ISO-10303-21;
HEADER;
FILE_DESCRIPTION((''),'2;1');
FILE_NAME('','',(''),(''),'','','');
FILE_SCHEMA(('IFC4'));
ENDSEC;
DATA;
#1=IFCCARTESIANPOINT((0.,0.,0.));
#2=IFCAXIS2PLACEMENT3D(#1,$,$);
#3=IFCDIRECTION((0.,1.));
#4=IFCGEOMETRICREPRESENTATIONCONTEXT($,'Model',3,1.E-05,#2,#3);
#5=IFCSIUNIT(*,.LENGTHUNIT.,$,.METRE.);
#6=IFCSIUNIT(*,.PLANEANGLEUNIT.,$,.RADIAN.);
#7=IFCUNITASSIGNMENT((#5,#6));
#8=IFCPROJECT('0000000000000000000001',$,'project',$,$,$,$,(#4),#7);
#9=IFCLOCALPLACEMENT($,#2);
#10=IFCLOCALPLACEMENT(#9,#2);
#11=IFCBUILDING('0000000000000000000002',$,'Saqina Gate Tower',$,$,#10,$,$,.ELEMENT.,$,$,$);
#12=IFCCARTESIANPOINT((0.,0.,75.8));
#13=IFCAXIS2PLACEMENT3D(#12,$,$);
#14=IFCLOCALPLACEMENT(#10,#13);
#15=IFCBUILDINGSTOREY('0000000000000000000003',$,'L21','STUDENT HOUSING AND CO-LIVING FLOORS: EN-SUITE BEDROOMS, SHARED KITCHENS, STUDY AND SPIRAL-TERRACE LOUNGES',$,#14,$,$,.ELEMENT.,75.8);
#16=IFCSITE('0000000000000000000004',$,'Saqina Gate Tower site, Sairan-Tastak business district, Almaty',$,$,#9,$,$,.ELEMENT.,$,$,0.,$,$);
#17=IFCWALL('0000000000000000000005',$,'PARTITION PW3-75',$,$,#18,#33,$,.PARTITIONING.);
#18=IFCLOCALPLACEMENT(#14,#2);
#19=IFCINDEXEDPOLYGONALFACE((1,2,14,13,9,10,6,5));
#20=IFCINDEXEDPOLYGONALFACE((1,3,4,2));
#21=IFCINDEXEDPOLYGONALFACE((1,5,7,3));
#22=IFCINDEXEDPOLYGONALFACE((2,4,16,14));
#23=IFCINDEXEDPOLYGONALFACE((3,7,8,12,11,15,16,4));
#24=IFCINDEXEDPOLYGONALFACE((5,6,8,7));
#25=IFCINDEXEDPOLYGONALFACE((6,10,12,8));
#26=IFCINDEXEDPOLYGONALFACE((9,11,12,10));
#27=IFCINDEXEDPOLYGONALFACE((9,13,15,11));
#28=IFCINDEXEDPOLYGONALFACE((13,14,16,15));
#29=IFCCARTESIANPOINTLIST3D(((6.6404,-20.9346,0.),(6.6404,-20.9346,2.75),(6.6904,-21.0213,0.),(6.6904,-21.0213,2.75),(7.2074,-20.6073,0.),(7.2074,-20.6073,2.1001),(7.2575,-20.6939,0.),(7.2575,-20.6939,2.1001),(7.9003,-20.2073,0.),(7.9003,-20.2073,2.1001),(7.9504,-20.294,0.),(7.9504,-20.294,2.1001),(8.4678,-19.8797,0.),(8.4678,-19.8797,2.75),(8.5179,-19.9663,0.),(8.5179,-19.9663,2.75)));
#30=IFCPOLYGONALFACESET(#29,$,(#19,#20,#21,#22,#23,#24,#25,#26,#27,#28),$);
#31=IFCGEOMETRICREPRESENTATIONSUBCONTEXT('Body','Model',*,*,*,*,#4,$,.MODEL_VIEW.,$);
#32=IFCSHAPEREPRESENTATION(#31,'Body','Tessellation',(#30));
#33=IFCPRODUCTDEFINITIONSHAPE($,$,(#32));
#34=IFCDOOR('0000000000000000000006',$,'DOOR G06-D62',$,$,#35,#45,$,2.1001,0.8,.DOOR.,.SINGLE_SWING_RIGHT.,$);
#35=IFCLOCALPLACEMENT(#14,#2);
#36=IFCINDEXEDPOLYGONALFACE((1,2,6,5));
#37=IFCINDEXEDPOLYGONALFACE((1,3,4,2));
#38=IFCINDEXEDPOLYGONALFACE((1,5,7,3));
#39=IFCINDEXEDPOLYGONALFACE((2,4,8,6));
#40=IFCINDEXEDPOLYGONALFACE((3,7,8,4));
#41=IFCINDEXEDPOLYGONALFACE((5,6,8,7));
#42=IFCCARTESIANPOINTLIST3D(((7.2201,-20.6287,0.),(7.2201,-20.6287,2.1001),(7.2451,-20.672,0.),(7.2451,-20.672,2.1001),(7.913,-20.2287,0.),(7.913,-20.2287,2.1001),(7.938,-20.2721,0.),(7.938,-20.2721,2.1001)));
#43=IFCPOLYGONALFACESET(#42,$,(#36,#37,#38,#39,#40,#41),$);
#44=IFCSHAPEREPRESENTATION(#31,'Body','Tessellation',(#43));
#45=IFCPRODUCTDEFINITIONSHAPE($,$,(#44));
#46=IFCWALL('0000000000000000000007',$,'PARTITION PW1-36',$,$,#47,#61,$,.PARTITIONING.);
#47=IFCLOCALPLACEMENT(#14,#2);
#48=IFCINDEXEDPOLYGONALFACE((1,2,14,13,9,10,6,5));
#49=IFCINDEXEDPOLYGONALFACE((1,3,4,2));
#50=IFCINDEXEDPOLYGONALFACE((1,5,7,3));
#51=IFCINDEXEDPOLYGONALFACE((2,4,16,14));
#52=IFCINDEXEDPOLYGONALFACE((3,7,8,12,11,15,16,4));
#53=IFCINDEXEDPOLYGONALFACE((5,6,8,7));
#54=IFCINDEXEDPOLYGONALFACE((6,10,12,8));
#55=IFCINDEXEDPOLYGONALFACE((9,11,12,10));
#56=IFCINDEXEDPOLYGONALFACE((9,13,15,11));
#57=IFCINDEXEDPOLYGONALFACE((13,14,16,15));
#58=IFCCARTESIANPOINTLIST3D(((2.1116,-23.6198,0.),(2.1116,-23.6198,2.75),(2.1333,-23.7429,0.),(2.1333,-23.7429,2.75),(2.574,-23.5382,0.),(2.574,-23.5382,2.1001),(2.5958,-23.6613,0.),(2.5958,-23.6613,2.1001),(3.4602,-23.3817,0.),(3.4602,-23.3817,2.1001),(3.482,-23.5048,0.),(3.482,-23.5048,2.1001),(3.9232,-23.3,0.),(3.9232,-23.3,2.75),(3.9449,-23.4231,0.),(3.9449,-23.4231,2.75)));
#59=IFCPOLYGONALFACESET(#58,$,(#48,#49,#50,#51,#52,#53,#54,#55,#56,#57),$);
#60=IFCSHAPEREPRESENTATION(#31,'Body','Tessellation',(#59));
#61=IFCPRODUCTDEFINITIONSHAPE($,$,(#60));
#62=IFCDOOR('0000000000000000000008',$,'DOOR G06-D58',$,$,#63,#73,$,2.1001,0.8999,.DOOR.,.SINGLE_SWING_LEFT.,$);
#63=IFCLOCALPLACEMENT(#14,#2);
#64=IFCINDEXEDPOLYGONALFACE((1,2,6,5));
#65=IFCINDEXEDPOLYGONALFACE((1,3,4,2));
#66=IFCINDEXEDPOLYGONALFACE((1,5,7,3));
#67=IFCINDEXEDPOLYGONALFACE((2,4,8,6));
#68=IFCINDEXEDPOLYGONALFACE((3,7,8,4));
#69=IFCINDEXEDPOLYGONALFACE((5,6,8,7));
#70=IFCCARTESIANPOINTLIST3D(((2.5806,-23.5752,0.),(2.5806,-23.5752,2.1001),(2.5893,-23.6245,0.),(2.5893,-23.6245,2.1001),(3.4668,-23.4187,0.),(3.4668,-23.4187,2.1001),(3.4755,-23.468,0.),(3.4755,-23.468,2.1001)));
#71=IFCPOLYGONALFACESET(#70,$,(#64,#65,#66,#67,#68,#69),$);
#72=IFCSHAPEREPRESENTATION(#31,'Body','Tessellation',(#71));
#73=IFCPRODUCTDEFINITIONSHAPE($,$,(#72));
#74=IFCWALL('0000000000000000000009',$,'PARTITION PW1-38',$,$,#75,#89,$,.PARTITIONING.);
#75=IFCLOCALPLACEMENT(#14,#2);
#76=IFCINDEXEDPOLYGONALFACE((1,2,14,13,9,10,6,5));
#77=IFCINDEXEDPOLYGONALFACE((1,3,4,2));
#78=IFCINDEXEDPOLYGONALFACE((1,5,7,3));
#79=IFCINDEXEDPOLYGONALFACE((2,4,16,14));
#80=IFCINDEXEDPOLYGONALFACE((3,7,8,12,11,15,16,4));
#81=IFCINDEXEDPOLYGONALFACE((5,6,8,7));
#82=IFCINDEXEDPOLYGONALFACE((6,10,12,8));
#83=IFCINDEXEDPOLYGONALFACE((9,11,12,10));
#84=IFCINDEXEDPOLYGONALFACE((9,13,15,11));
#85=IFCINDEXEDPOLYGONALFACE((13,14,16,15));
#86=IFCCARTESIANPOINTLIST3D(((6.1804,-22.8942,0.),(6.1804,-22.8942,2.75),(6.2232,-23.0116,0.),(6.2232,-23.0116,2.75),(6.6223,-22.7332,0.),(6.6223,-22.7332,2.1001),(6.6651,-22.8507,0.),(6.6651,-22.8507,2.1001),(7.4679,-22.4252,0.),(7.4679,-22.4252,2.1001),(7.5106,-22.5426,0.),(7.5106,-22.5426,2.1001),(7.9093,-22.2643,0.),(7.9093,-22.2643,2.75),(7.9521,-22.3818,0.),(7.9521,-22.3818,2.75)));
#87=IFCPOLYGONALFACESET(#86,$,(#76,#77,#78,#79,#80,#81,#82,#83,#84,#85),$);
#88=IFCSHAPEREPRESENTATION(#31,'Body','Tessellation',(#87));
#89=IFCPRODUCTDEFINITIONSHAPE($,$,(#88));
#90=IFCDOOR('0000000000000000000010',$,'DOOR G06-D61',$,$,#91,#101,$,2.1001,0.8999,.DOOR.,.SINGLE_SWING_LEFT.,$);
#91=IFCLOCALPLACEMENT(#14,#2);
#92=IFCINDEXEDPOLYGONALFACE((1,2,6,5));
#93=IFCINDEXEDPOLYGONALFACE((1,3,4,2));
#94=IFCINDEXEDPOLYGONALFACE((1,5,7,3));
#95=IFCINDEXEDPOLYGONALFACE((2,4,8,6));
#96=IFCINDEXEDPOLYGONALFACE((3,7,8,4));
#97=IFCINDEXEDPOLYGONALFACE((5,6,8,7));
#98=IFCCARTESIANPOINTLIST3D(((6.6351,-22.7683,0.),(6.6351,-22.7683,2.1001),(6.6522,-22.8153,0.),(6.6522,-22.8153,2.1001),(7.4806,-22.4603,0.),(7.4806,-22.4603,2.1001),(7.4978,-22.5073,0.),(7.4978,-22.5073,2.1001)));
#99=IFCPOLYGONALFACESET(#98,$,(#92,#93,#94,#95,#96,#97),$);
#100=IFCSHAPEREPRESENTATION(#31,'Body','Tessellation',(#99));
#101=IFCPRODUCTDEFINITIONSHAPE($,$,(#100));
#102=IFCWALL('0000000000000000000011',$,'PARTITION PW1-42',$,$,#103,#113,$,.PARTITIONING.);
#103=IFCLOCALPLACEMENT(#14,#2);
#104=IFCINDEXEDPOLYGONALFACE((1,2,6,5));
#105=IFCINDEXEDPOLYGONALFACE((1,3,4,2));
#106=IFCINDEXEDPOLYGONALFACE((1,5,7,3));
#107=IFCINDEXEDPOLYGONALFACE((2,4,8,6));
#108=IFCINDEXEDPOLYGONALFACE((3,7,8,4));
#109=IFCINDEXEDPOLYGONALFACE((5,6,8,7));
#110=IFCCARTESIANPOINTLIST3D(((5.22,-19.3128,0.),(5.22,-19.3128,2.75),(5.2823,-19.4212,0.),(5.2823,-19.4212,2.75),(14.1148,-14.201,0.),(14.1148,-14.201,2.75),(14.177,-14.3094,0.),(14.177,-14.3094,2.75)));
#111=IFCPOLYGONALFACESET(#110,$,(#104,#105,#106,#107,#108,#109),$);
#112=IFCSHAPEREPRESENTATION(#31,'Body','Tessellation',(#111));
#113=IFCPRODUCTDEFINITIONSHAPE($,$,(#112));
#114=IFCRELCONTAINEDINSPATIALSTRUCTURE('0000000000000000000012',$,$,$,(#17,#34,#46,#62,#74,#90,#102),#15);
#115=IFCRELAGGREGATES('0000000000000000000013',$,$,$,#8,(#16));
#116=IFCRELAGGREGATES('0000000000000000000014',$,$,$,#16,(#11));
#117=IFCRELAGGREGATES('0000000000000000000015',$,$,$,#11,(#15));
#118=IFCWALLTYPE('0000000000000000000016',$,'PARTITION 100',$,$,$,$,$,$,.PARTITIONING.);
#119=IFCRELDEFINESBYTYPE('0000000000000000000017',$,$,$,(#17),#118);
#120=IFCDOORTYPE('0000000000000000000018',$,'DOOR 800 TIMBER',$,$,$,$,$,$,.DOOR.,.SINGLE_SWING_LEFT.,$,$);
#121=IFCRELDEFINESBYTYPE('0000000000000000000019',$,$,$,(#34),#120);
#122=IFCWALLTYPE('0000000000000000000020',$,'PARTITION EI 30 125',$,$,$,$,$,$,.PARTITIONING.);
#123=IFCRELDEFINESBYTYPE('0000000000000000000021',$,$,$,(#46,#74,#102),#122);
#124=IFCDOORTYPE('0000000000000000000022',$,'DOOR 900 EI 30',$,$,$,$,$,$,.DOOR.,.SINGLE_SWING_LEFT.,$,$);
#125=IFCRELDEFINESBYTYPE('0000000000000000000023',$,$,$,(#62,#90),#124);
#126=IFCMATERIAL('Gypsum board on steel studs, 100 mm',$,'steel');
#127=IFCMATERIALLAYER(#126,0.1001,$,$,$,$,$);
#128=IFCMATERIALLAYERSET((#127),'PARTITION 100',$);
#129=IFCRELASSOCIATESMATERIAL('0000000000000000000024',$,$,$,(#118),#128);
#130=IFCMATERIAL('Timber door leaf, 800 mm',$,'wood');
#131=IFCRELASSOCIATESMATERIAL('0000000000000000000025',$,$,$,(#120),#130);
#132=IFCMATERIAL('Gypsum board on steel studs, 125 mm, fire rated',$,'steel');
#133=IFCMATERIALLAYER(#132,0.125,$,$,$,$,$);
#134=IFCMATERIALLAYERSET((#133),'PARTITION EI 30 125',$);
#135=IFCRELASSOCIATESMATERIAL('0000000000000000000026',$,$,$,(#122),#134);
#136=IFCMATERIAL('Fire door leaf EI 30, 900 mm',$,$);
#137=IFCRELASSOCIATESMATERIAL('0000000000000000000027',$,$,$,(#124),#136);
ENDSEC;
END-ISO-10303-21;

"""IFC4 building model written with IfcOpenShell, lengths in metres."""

from ifc_helpers import new_model, si_unit, direction, frame, frame_2d, origin, place, context, subcontext, project, spatial, rectangle, extrude, material, layer, layer_set, type_object, element, fill, save


model = new_model("IFC4")

# Units and contexts
model_context = context("Model", 3, precision=1e-05, world=origin(), true_north=direction((0.0, 1.0)))
body_context = subcontext(model_context, "Body", "Model", "MODEL_VIEW")
ifc_project = project(units=[si_unit("LENGTHUNIT", "METRE"), si_unit("PLANEANGLEUNIT", "RADIAN")], contexts=[model_context])

# Site, building, storey
site_placement = place(None, origin())
site = spatial("IfcSite", under=ifc_project, at=site_placement, Name="Saqina Gate Tower site, Sairan-Tastak business district, Almaty", CompositionType="ELEMENT", RefElevation=0.0)
building_placement = place(site_placement, origin())
building = spatial("IfcBuilding", under=site, at=building_placement, Name="Saqina Gate Tower", CompositionType="ELEMENT")
storey_placement = place(building_placement, frame((0.0, 0.0, 75.8)))
storey = spatial("IfcBuildingStorey", under=building, at=storey_placement, Name="L21", Description="STUDENT HOUSING AND CO-LIVING FLOORS: EN-SUITE BEDROOMS, SHARED KITCHENS, STUDY AND SPIRAL-TERRACE LOUNGES", CompositionType="ELEMENT", Elevation=75.8)

# Shared definitions
ifc_material_1 = material(Name="Gypsum board on steel studs, 100 mm", Category="steel")
ifc_layer_1 = layer(ifc_material_1, 0.1001)
ifc_layer_set_1 = layer_set([ifc_layer_1], Name="PARTITION 100")
wall_type_1 = type_object("IfcWallType", Name="PARTITION 100", PredefinedType="PARTITIONING", material=ifc_layer_set_1)

# Shared definitions
ifc_material_2 = material(Name="Timber door leaf, 800 mm", Category="wood")
door_type_1 = type_object("IfcDoorType", Name="DOOR 800 TIMBER", OperationType="SINGLE_SWING_LEFT", PredefinedType="DOOR", material=ifc_material_2)

# Walls, openings, doors
wall_1_placement = place(storey_placement, frame((6.6653, -20.978, 0.0), z_axis=(0.0, 0.0, 1.0), x_axis=(0.866049, 0.499959, 0.0)))
wall_1 = element("IfcWall", 1, at=wall_1_placement, inside=storey, type_object=wall_type_1, Name="PARTITION PW3-75", PredefinedType="PARTITIONING", context=body_context, shape_type="SweptSolid", body=[
    extrude(rectangle(XDim=2.1101, YDim=0.1001, at=frame_2d((1.0552, 0.0))), origin(), (0.0, 0.0, 1.0), 2.75),
])
opening_1_placement = place(wall_1_placement, frame((0.655, 0.0, 0.0)))
opening_1 = element("IfcOpeningElement", 2, at=opening_1_placement, cuts=wall_1, PredefinedType="OPENING", context=body_context, shape_type="SweptSolid", body=[
    extrude(rectangle(XDim=0.8, YDim=2.1001, at=frame_2d((0.3999, 1.05))), frame((0.0, 0.062, 0.0), z_axis=(0.0, -1.0, 0.0), x_axis=(1.0, 0.0, 0.0)), (0.0, 0.0, 1.0), 0.124),
])
door_1_placement = place(opening_1_placement, frame((0.8, 0.0, 0.0), z_axis=(0.0, 0.0, 1.0), x_axis=(-1.0, 0.0, 0.0)))
door_1 = element("IfcDoor", 3, at=door_1_placement, inside=storey, type_object=door_type_1, Name="DOOR G06-D62", OperationType="SINGLE_SWING_RIGHT", OverallHeight=2.1001, OverallWidth=0.8, PredefinedType="DOOR", context=body_context, shape_type="SweptSolid", body=[
    extrude(rectangle(XDim=0.8, YDim=2.1001, at=frame_2d((0.3999, 1.05))), frame((0.0, 0.0249, 0.0), z_axis=(0.0, -1.0, 0.0), x_axis=(1.0, 0.0, 0.0)), (0.0, 0.0, 1.0), 0.05),
])
fill(opening_1, door_1)
ifc_material_3 = material(Name="Gypsum board on steel studs, 125 mm, fire rated", Category="steel")
ifc_layer_2 = layer(ifc_material_3, 0.125)
ifc_layer_set_2 = layer_set([ifc_layer_2], Name="PARTITION EI 30 125")
wall_type_2 = type_object("IfcWallType", Name="PARTITION EI 30 125", PredefinedType="PARTITIONING", material=ifc_layer_set_2)
wall_2_placement = place(storey_placement, frame((2.1223, -23.6814, 0.0), z_axis=(0.0, 0.0, 1.0), x_axis=(0.98477, 0.173861, 0.0)))
wall_2 = element("IfcWall", 4, at=wall_2_placement, inside=storey, type_object=wall_type_2, Name="PARTITION PW1-36", PredefinedType="PARTITIONING", context=body_context, shape_type="SweptSolid", body=[
    extrude(rectangle(XDim=1.8396, YDim=0.125, at=frame_2d((0.9199, 0.0))), origin(), (0.0, 0.0, 1.0), 2.75),
])
opening_2_placement = place(wall_2_placement, frame((0.4697, 0.0, 0.0)))
opening_2 = element("IfcOpeningElement", 5, at=opening_2_placement, cuts=wall_2, PredefinedType="OPENING", context=body_context, shape_type="SweptSolid", body=[
    extrude(rectangle(XDim=0.8999, YDim=2.1001, at=frame_2d((0.45, 1.05))), frame((0.0, 0.0745, 0.0), z_axis=(0.0, -1.0, 0.0), x_axis=(1.0, 0.0, 0.0)), (0.0, 0.0, 1.0), 0.1489),
])
ifc_material_4 = material(Name="Fire door leaf EI 30, 900 mm")
door_type_2 = type_object("IfcDoorType", Name="DOOR 900 EI 30", OperationType="SINGLE_SWING_LEFT", PredefinedType="DOOR", material=ifc_material_4)
door_2_placement = place(opening_2_placement, origin())
door_2 = element("IfcDoor", 6, at=door_2_placement, inside=storey, type_object=door_type_2, Name="DOOR G06-D58", OperationType="SINGLE_SWING_LEFT", OverallHeight=2.1001, OverallWidth=0.8999, PredefinedType="DOOR", context=body_context, shape_type="SweptSolid", body=[
    extrude(rectangle(XDim=0.8999, YDim=2.1001, at=frame_2d((0.45, 1.05))), frame((0.0, 0.0249, 0.0), z_axis=(0.0, -1.0, 0.0), x_axis=(1.0, 0.0, 0.0)), (0.0, 0.0, 1.0), 0.05),
])
fill(opening_2, door_2)
wall_3_placement = place(storey_placement, frame((6.2019, -22.9529, 0.0), z_axis=(0.0, 0.0, 1.0), x_axis=(0.939592, 0.342297, 0.0)))
wall_3 = element("IfcWall", 7, at=wall_3_placement, inside=storey, type_object=wall_type_2, Name="PARTITION PW1-38", PredefinedType="PARTITIONING", context=body_context, shape_type="SweptSolid", body=[
    extrude(rectangle(XDim=1.8401, YDim=0.125, at=frame_2d((0.9199, 0.0))), origin(), (0.0, 0.0, 1.0), 2.75),
])
opening_3_placement = place(wall_3_placement, frame((0.4702, 0.0, 0.0)))
opening_3 = element("IfcOpeningElement", 8, at=opening_3_placement, cuts=wall_3, PredefinedType="OPENING", context=body_context, shape_type="SweptSolid", body=[
    extrude(rectangle(XDim=0.8999, YDim=2.1001, at=frame_2d((0.45, 1.05))), frame((0.0, 0.0745, 0.0), z_axis=(0.0, -1.0, 0.0), x_axis=(1.0, 0.0, 0.0)), (0.0, 0.0, 1.0), 0.1489),
])
door_3_placement = place(opening_3_placement, frame((0.8999, 0.0, 0.0), z_axis=(0.0, 0.0, 1.0), x_axis=(-1.0, 0.0, 0.0)))
door_3 = element("IfcDoor", 9, at=door_3_placement, inside=storey, type_object=door_type_2, Name="DOOR G06-D61", OperationType="SINGLE_SWING_LEFT", OverallHeight=2.1001, OverallWidth=0.8999, PredefinedType="DOOR", context=body_context, shape_type="SweptSolid", body=[
    extrude(rectangle(XDim=0.8999, YDim=2.1001, at=frame_2d((0.45, 1.05))), frame((0.0, 0.0249, 0.0), z_axis=(0.0, -1.0, 0.0), x_axis=(1.0, 0.0, 0.0)), (0.0, 0.0, 1.0), 0.05),
])
fill(opening_3, door_3)

# Wall
wall_4_placement = place(storey_placement, frame((5.2512, -19.3669, 0.0), z_axis=(0.0, 0.0, 1.0), x_axis=(0.867019, 0.498275, 0.0)))
element("IfcWall", 10, at=wall_4_placement, inside=storey, type_object=wall_type_2, Name="PARTITION PW1-42", PredefinedType="PARTITIONING", context=body_context, shape_type="SweptSolid", body=[
    extrude(rectangle(XDim=10.259, YDim=0.125, at=frame_2d((5.1294, 0.0))), origin(), (0.0, 0.0, 1.0), 2.75),
])

save(model, "model.ifc")
